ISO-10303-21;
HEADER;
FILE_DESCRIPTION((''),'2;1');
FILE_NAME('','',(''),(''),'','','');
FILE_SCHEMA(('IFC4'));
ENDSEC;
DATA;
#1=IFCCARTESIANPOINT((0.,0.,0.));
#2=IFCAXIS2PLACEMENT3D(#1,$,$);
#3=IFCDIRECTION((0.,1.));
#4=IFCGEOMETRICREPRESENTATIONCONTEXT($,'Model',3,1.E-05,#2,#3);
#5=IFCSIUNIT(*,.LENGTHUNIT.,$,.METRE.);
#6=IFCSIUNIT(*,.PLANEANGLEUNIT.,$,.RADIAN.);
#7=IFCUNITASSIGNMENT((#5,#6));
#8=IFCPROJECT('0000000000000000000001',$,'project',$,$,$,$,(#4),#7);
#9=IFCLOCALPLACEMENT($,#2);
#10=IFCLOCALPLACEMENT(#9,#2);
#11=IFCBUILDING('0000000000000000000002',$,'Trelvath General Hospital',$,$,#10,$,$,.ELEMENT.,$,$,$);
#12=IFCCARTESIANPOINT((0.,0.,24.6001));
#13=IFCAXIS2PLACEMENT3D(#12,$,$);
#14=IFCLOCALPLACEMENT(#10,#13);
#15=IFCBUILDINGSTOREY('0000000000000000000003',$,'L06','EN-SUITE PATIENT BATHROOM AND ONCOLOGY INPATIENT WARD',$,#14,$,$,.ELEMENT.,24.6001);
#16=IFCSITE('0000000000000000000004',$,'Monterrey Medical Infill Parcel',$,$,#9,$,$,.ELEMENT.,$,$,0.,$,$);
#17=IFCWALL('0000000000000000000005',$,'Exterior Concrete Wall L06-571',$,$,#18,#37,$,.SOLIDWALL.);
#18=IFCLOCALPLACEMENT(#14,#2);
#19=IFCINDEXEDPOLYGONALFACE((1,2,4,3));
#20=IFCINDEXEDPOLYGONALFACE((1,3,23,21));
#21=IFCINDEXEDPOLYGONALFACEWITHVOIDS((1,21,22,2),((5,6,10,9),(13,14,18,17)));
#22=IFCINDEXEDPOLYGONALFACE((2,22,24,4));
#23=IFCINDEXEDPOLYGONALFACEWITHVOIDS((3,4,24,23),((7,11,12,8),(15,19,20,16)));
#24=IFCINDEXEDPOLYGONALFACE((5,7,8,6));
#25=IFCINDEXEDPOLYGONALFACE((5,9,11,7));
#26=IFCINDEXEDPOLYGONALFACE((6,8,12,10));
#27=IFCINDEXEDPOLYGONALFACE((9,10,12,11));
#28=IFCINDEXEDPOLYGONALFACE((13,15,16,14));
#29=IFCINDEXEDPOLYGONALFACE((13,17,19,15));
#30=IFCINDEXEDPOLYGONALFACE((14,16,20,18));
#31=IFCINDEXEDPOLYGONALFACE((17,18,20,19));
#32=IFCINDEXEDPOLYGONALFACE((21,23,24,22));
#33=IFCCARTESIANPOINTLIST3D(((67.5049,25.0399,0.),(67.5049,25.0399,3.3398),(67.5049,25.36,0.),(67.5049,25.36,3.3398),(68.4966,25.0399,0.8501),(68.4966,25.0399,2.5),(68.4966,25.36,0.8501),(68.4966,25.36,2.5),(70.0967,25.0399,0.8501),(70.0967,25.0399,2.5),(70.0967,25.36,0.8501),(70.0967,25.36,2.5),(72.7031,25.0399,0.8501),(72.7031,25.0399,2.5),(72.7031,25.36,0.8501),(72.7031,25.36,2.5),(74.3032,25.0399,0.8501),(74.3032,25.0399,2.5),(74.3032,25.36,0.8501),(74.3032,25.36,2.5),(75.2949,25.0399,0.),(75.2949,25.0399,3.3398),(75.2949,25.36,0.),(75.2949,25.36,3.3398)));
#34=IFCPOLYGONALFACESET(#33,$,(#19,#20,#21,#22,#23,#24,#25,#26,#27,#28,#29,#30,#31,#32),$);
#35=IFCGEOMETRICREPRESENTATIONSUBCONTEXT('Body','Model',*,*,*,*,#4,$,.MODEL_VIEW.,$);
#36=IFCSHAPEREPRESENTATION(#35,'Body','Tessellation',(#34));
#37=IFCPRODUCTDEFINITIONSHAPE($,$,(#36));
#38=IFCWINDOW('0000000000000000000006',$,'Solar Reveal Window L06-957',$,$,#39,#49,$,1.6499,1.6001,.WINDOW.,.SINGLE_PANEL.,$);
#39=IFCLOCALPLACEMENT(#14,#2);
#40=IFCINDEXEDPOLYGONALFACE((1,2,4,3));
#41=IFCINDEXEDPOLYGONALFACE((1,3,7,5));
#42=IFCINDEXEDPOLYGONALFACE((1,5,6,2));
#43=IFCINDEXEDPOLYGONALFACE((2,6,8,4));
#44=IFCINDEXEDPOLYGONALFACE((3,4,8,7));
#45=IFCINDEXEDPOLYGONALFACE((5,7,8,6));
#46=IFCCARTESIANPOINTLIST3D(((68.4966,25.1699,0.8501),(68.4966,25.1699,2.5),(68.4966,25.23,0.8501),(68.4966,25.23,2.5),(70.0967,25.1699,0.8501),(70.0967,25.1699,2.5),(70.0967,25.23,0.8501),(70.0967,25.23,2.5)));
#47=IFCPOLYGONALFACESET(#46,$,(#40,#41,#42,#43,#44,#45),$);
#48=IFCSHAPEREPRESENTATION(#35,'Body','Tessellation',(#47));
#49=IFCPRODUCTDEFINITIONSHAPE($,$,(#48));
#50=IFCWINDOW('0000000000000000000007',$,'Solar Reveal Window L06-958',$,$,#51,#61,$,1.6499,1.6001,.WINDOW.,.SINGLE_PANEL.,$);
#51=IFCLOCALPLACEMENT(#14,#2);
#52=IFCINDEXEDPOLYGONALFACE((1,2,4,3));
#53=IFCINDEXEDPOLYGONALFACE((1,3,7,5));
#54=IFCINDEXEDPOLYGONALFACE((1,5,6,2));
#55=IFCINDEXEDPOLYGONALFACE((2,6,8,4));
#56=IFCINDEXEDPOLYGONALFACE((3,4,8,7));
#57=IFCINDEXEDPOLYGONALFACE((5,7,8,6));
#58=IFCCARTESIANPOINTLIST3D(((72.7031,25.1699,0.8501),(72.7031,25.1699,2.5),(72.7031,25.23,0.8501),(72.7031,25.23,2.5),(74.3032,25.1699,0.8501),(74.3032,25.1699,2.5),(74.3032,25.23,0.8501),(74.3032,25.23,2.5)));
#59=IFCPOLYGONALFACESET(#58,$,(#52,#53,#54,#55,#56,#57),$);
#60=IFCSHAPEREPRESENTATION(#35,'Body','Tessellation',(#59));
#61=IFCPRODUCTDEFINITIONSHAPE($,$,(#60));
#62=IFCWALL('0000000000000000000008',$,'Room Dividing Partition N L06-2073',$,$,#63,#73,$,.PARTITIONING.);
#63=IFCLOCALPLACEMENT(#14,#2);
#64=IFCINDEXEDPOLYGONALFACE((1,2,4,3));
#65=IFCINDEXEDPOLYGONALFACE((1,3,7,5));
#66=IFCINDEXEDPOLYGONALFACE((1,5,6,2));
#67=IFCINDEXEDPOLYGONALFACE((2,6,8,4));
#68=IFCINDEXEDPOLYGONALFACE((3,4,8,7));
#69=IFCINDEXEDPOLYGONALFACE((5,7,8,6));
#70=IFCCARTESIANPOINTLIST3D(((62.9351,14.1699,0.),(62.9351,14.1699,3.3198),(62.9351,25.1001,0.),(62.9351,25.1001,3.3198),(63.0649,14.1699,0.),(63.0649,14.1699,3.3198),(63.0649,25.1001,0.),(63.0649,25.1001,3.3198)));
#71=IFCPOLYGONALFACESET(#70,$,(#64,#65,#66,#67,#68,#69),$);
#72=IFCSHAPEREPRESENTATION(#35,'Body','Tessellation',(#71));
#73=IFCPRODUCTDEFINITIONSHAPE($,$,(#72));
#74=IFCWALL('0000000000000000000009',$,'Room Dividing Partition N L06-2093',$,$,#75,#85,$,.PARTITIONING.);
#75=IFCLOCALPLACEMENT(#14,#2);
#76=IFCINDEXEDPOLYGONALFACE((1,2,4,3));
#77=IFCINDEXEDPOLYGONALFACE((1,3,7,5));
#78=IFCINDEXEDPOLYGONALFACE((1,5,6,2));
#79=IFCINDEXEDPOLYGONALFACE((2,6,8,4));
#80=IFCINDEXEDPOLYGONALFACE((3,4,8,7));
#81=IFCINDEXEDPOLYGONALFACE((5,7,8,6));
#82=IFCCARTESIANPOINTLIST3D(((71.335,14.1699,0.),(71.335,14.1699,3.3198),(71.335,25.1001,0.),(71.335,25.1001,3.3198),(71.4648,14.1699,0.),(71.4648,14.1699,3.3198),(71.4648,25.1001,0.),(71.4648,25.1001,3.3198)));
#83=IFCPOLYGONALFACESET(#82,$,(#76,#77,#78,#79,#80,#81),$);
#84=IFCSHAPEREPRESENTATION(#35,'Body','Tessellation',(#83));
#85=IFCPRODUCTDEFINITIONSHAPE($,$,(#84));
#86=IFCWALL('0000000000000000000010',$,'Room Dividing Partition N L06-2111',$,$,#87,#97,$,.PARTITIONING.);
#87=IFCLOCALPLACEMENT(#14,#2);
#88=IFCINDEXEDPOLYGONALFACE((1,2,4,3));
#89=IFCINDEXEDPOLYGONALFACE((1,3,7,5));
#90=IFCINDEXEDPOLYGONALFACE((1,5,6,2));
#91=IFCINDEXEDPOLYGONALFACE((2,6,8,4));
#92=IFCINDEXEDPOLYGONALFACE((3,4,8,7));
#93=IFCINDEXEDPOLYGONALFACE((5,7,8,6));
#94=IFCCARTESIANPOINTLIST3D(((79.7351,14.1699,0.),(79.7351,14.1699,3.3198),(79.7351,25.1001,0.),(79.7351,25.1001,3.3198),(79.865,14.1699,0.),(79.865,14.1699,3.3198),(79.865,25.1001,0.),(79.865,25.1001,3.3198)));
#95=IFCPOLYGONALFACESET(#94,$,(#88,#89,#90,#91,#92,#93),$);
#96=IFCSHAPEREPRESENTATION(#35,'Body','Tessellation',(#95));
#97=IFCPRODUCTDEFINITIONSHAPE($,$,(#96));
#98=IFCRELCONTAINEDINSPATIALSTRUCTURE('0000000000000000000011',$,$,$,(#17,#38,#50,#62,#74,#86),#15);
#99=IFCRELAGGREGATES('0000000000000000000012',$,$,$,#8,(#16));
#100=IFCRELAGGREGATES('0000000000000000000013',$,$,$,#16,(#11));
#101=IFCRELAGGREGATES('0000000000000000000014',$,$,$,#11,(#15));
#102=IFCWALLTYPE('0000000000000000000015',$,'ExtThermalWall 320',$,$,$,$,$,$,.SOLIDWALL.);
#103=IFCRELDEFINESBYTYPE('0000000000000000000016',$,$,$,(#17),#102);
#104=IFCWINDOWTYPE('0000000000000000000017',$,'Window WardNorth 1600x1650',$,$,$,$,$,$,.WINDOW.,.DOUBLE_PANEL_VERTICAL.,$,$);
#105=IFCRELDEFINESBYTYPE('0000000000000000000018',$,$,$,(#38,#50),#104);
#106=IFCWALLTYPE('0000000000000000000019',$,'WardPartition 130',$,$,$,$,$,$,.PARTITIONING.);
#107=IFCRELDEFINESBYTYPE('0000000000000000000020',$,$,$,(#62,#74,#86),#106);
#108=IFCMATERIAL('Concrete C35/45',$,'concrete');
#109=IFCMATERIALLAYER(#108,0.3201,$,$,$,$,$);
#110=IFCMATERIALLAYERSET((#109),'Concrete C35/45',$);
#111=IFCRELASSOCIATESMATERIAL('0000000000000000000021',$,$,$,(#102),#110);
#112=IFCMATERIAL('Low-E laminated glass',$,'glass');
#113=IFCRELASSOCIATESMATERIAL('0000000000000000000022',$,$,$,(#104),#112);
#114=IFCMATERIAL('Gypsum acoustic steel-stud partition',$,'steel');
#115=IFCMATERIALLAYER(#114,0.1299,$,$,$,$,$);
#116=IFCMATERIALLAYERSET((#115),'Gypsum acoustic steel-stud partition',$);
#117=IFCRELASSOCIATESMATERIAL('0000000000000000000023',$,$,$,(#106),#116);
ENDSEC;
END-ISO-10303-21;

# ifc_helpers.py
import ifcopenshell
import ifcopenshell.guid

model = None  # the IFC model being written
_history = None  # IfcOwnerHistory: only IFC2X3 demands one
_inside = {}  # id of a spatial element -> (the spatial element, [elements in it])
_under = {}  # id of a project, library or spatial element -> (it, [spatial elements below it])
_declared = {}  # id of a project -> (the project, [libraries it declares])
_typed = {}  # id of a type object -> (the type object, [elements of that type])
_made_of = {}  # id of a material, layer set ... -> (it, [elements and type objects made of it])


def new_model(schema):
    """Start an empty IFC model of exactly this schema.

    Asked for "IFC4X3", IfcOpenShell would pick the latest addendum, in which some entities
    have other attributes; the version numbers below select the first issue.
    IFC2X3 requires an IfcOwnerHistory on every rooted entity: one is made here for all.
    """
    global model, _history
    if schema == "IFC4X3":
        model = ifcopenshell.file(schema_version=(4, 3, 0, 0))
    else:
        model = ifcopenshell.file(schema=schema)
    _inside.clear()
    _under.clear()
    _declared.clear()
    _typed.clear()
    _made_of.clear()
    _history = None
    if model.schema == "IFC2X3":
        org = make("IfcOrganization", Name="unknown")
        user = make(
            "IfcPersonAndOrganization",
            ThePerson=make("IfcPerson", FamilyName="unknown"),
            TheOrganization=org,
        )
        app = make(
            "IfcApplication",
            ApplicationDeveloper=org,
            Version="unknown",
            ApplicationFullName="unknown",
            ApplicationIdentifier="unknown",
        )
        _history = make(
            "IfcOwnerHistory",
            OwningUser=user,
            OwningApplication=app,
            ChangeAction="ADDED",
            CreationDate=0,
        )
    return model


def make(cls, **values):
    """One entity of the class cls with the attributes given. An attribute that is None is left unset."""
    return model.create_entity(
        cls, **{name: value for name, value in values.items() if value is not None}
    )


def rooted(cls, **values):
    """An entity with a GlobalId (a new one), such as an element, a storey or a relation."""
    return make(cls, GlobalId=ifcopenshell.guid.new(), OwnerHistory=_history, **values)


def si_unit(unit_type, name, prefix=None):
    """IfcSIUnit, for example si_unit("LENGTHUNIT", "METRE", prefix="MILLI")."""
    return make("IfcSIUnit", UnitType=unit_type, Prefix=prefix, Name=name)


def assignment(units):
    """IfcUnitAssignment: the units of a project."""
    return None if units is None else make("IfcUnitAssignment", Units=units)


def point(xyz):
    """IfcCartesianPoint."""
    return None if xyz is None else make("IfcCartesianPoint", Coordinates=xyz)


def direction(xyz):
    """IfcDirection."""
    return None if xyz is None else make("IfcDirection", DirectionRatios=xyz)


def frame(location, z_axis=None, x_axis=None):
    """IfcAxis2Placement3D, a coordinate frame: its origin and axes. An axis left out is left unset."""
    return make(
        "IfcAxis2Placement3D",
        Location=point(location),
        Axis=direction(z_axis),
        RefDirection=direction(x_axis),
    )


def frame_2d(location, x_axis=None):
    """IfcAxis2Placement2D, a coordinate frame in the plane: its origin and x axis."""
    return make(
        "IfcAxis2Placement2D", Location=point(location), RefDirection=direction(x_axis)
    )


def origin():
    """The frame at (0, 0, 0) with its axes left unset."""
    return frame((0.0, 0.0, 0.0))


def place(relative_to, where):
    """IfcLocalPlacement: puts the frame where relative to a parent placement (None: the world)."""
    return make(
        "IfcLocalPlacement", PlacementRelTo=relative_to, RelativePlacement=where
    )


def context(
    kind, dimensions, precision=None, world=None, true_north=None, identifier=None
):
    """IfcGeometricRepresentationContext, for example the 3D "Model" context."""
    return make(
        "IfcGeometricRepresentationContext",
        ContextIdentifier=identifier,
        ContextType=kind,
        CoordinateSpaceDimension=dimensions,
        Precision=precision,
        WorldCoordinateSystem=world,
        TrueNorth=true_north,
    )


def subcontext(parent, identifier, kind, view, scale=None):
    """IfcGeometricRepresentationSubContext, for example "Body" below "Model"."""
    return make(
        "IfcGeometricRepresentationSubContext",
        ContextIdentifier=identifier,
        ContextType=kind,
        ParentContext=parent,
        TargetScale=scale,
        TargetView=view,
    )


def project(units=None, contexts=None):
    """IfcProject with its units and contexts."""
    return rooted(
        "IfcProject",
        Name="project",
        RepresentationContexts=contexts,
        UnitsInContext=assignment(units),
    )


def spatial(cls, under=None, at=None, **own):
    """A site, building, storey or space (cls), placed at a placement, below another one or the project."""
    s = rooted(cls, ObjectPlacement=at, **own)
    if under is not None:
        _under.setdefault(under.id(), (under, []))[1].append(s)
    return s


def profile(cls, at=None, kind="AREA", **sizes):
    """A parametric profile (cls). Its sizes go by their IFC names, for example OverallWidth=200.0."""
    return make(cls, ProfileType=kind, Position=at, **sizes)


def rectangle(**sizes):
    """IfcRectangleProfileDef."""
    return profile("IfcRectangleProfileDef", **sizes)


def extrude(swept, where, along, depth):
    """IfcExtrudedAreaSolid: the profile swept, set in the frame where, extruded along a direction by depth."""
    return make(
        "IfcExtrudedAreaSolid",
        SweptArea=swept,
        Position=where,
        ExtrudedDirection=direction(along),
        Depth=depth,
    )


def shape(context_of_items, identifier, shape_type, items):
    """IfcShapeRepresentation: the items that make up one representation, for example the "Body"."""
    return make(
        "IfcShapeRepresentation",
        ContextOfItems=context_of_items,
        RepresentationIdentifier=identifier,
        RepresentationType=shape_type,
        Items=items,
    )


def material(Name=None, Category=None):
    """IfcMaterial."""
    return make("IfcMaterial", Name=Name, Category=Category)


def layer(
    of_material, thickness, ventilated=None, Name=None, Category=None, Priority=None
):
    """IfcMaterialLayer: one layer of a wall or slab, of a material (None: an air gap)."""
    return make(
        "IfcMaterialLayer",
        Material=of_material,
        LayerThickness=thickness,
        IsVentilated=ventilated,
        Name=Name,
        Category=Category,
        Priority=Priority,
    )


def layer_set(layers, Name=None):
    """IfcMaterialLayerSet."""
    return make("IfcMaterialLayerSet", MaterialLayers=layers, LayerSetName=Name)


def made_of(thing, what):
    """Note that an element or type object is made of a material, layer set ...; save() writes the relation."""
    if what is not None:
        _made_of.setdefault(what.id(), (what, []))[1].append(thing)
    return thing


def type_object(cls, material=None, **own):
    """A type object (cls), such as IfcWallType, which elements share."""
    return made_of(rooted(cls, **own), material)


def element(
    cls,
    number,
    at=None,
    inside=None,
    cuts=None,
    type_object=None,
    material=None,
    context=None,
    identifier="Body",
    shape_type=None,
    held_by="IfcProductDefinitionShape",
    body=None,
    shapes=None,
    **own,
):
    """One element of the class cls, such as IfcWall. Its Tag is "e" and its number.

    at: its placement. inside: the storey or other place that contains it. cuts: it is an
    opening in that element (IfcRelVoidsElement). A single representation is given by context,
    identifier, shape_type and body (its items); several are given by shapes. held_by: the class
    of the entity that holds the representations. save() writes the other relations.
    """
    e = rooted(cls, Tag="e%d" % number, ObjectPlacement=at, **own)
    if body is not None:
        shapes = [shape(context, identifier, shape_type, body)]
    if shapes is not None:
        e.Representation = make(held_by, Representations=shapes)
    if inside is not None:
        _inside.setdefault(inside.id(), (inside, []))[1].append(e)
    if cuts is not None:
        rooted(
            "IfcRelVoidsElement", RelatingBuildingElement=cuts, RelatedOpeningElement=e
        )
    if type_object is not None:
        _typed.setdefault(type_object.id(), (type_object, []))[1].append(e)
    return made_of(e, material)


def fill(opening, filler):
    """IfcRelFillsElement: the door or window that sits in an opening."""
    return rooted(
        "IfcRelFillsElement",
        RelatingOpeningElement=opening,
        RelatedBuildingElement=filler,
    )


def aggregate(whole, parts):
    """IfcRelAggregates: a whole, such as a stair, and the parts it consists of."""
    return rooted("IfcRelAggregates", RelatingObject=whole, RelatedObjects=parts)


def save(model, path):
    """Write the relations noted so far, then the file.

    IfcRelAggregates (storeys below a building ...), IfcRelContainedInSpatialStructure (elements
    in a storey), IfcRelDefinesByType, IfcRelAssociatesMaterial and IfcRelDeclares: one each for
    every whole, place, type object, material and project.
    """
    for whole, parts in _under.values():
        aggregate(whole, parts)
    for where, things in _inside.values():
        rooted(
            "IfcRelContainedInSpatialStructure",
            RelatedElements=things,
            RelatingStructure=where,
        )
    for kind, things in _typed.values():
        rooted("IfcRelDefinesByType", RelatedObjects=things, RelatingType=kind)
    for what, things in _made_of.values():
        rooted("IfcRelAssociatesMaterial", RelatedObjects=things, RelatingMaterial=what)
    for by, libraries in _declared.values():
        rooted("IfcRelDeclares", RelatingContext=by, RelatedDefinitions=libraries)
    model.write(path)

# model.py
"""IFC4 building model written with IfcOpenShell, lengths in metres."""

from ifc_helpers import new_model, si_unit, direction, frame, frame_2d, origin, place, context, subcontext, project, spatial, rectangle, extrude, material, layer, layer_set, type_object, element, fill, save


model = new_model("IFC4")

# Units and contexts
model_context = context("Model", 3, precision=1e-05, world=origin(), true_north=direction((0.0, 1.0)))
body_context = subcontext(model_context, "Body", "Model", "MODEL_VIEW")
ifc_project = project(units=[si_unit("LENGTHUNIT", "METRE"), si_unit("PLANEANGLEUNIT", "RADIAN")], contexts=[model_context])

# Site, building, storey
site_placement = place(None, origin())
site = spatial("IfcSite", under=ifc_project, at=site_placement, Name="Monterrey Medical Infill Parcel", CompositionType="ELEMENT", RefElevation=0.0)
building_placement = place(site_placement, origin())
building = spatial("IfcBuilding", under=site, at=building_placement, Name="Trelvath General Hospital", CompositionType="ELEMENT")
storey_placement = place(building_placement, frame((0.0, 0.0, 24.6001)))
storey = spatial("IfcBuildingStorey", under=building, at=storey_placement, Name="L06", Description="EN-SUITE PATIENT BATHROOM AND ONCOLOGY INPATIENT WARD", CompositionType="ELEMENT", Elevation=24.6001)

# Wall, openings, windows
ifc_material_1 = material(Name="Concrete C35/45", Category="concrete")
ifc_layer_1 = layer(ifc_material_1, 0.3201)
ifc_layer_set_1 = layer_set([ifc_layer_1], Name="Concrete C35/45")
wall_type_1 = type_object("IfcWallType", Name="ExtThermalWall 320", PredefinedType="SOLIDWALL", material=ifc_layer_set_1)
wall_1_placement = place(storey_placement, frame((67.5049, 25.2, 0.0), z_axis=(0.0, 0.0, 1.0), x_axis=(1.0, 0.0, 0.0)))
wall_1 = element("IfcWall", 1, at=wall_1_placement, inside=storey, type_object=wall_type_1, Name="Exterior Concrete Wall L06-571", PredefinedType="SOLIDWALL", context=body_context, shape_type="SweptSolid", body=[
    extrude(rectangle(XDim=7.79, YDim=0.3201, at=frame_2d((3.895, 0.0))), origin(), (0.0, 0.0, 1.0), 3.3398),
])
opening_1_placement = place(wall_1_placement, frame((0.9917, 0.0, 0.8501)))
opening_1 = element("IfcOpeningElement", 2, at=opening_1_placement, cuts=wall_1, PredefinedType="OPENING", context=body_context, shape_type="SweptSolid", body=[
    extrude(rectangle(XDim=1.6001, YDim=1.6499, at=frame_2d((0.8, 0.825))), frame((0.0, 0.1699, 0.0), z_axis=(0.0, -1.0, 0.0), x_axis=(1.0, 0.0, 0.0)), (0.0, 0.0, 1.0), 0.3401),
])
opening_2_placement = place(wall_1_placement, frame((5.1982, 0.0, 0.8501)))
opening_2 = element("IfcOpeningElement", 3, at=opening_2_placement, cuts=wall_1, PredefinedType="OPENING", context=body_context, shape_type="SweptSolid", body=[
    extrude(rectangle(XDim=1.6001, YDim=1.6499, at=frame_2d((0.8, 0.825))), frame((0.0, 0.1699, 0.0), z_axis=(0.0, -1.0, 0.0), x_axis=(1.0, 0.0, 0.0)), (0.0, 0.0, 1.0), 0.3401),
])
ifc_material_2 = material(Name="Low-E laminated glass", Category="glass")
window_type = type_object("IfcWindowType", Name="Window WardNorth 1600x1650", PartitioningType="DOUBLE_PANEL_VERTICAL", PredefinedType="WINDOW", material=ifc_material_2)
window_1_placement = place(opening_1_placement, origin())
window_1 = element("IfcWindow", 4, at=window_1_placement, inside=storey, type_object=window_type, Name="Solar Reveal Window L06-957", OverallHeight=1.6499, OverallWidth=1.6001, PartitioningType="SINGLE_PANEL", PredefinedType="WINDOW", context=body_context, shape_type="SweptSolid", body=[
    extrude(rectangle(XDim=1.6001, YDim=1.6499, at=frame_2d((0.8, 0.825))), frame((0.0, 0.03, 0.0), z_axis=(0.0, -1.0, 0.0), x_axis=(1.0, 0.0, 0.0)), (0.0, 0.0, 1.0), 0.0601),
])
fill(opening_1, window_1)
window_2_placement = place(opening_2_placement, origin())
window_2 = element("IfcWindow", 5, at=window_2_placement, inside=storey, type_object=window_type, Name="Solar Reveal Window L06-958", OverallHeight=1.6499, OverallWidth=1.6001, PartitioningType="SINGLE_PANEL", PredefinedType="WINDOW", context=body_context, shape_type="SweptSolid", body=[
    extrude(rectangle(XDim=1.6001, YDim=1.6499, at=frame_2d((0.8, 0.825))), frame((0.0, 0.03, 0.0), z_axis=(0.0, -1.0, 0.0), x_axis=(1.0, 0.0, 0.0)), (0.0, 0.0, 1.0), 0.0601),
])
fill(opening_2, window_2)

# Walls
ifc_material_3 = material(Name="Gypsum acoustic steel-stud partition", Category="steel")
ifc_layer_2 = layer(ifc_material_3, 0.1299)
ifc_layer_set_2 = layer_set([ifc_layer_2], Name="Gypsum acoustic steel-stud partition")
wall_type_2 = type_object("IfcWallType", Name="WardPartition 130", PredefinedType="PARTITIONING", material=ifc_layer_set_2)
for number, where, z_axis, x_axis, name in (
    (6, (63.0, 14.1699, 0.0), (0.0, 0.0, 1.0), (0.0, 1.0, 0.0), "Room Dividing Partition N L06-2073"),
    (7, (71.3999, 14.1699, 0.0), (0.0, 0.0, 1.0), (0.0, 1.0, 0.0), "Room Dividing Partition N L06-2093"),
    (8, (79.8, 14.1699, 0.0), (0.0, 0.0, 1.0), (0.0, 1.0, 0.0), "Room Dividing Partition N L06-2111"),
):
    element("IfcWall", number, at=place(storey_placement, frame(where, z_axis=z_axis, x_axis=x_axis)), inside=storey, type_object=wall_type_2, Name=name, PredefinedType="PARTITIONING", context=body_context, shape_type="SweptSolid", body=[
        extrude(rectangle(XDim=10.9302, YDim=0.1299, at=frame_2d((5.4651, 0.0))), origin(), (0.0, 0.0, 1.0), 3.3198),
    ])

save(model, "model.ifc")
